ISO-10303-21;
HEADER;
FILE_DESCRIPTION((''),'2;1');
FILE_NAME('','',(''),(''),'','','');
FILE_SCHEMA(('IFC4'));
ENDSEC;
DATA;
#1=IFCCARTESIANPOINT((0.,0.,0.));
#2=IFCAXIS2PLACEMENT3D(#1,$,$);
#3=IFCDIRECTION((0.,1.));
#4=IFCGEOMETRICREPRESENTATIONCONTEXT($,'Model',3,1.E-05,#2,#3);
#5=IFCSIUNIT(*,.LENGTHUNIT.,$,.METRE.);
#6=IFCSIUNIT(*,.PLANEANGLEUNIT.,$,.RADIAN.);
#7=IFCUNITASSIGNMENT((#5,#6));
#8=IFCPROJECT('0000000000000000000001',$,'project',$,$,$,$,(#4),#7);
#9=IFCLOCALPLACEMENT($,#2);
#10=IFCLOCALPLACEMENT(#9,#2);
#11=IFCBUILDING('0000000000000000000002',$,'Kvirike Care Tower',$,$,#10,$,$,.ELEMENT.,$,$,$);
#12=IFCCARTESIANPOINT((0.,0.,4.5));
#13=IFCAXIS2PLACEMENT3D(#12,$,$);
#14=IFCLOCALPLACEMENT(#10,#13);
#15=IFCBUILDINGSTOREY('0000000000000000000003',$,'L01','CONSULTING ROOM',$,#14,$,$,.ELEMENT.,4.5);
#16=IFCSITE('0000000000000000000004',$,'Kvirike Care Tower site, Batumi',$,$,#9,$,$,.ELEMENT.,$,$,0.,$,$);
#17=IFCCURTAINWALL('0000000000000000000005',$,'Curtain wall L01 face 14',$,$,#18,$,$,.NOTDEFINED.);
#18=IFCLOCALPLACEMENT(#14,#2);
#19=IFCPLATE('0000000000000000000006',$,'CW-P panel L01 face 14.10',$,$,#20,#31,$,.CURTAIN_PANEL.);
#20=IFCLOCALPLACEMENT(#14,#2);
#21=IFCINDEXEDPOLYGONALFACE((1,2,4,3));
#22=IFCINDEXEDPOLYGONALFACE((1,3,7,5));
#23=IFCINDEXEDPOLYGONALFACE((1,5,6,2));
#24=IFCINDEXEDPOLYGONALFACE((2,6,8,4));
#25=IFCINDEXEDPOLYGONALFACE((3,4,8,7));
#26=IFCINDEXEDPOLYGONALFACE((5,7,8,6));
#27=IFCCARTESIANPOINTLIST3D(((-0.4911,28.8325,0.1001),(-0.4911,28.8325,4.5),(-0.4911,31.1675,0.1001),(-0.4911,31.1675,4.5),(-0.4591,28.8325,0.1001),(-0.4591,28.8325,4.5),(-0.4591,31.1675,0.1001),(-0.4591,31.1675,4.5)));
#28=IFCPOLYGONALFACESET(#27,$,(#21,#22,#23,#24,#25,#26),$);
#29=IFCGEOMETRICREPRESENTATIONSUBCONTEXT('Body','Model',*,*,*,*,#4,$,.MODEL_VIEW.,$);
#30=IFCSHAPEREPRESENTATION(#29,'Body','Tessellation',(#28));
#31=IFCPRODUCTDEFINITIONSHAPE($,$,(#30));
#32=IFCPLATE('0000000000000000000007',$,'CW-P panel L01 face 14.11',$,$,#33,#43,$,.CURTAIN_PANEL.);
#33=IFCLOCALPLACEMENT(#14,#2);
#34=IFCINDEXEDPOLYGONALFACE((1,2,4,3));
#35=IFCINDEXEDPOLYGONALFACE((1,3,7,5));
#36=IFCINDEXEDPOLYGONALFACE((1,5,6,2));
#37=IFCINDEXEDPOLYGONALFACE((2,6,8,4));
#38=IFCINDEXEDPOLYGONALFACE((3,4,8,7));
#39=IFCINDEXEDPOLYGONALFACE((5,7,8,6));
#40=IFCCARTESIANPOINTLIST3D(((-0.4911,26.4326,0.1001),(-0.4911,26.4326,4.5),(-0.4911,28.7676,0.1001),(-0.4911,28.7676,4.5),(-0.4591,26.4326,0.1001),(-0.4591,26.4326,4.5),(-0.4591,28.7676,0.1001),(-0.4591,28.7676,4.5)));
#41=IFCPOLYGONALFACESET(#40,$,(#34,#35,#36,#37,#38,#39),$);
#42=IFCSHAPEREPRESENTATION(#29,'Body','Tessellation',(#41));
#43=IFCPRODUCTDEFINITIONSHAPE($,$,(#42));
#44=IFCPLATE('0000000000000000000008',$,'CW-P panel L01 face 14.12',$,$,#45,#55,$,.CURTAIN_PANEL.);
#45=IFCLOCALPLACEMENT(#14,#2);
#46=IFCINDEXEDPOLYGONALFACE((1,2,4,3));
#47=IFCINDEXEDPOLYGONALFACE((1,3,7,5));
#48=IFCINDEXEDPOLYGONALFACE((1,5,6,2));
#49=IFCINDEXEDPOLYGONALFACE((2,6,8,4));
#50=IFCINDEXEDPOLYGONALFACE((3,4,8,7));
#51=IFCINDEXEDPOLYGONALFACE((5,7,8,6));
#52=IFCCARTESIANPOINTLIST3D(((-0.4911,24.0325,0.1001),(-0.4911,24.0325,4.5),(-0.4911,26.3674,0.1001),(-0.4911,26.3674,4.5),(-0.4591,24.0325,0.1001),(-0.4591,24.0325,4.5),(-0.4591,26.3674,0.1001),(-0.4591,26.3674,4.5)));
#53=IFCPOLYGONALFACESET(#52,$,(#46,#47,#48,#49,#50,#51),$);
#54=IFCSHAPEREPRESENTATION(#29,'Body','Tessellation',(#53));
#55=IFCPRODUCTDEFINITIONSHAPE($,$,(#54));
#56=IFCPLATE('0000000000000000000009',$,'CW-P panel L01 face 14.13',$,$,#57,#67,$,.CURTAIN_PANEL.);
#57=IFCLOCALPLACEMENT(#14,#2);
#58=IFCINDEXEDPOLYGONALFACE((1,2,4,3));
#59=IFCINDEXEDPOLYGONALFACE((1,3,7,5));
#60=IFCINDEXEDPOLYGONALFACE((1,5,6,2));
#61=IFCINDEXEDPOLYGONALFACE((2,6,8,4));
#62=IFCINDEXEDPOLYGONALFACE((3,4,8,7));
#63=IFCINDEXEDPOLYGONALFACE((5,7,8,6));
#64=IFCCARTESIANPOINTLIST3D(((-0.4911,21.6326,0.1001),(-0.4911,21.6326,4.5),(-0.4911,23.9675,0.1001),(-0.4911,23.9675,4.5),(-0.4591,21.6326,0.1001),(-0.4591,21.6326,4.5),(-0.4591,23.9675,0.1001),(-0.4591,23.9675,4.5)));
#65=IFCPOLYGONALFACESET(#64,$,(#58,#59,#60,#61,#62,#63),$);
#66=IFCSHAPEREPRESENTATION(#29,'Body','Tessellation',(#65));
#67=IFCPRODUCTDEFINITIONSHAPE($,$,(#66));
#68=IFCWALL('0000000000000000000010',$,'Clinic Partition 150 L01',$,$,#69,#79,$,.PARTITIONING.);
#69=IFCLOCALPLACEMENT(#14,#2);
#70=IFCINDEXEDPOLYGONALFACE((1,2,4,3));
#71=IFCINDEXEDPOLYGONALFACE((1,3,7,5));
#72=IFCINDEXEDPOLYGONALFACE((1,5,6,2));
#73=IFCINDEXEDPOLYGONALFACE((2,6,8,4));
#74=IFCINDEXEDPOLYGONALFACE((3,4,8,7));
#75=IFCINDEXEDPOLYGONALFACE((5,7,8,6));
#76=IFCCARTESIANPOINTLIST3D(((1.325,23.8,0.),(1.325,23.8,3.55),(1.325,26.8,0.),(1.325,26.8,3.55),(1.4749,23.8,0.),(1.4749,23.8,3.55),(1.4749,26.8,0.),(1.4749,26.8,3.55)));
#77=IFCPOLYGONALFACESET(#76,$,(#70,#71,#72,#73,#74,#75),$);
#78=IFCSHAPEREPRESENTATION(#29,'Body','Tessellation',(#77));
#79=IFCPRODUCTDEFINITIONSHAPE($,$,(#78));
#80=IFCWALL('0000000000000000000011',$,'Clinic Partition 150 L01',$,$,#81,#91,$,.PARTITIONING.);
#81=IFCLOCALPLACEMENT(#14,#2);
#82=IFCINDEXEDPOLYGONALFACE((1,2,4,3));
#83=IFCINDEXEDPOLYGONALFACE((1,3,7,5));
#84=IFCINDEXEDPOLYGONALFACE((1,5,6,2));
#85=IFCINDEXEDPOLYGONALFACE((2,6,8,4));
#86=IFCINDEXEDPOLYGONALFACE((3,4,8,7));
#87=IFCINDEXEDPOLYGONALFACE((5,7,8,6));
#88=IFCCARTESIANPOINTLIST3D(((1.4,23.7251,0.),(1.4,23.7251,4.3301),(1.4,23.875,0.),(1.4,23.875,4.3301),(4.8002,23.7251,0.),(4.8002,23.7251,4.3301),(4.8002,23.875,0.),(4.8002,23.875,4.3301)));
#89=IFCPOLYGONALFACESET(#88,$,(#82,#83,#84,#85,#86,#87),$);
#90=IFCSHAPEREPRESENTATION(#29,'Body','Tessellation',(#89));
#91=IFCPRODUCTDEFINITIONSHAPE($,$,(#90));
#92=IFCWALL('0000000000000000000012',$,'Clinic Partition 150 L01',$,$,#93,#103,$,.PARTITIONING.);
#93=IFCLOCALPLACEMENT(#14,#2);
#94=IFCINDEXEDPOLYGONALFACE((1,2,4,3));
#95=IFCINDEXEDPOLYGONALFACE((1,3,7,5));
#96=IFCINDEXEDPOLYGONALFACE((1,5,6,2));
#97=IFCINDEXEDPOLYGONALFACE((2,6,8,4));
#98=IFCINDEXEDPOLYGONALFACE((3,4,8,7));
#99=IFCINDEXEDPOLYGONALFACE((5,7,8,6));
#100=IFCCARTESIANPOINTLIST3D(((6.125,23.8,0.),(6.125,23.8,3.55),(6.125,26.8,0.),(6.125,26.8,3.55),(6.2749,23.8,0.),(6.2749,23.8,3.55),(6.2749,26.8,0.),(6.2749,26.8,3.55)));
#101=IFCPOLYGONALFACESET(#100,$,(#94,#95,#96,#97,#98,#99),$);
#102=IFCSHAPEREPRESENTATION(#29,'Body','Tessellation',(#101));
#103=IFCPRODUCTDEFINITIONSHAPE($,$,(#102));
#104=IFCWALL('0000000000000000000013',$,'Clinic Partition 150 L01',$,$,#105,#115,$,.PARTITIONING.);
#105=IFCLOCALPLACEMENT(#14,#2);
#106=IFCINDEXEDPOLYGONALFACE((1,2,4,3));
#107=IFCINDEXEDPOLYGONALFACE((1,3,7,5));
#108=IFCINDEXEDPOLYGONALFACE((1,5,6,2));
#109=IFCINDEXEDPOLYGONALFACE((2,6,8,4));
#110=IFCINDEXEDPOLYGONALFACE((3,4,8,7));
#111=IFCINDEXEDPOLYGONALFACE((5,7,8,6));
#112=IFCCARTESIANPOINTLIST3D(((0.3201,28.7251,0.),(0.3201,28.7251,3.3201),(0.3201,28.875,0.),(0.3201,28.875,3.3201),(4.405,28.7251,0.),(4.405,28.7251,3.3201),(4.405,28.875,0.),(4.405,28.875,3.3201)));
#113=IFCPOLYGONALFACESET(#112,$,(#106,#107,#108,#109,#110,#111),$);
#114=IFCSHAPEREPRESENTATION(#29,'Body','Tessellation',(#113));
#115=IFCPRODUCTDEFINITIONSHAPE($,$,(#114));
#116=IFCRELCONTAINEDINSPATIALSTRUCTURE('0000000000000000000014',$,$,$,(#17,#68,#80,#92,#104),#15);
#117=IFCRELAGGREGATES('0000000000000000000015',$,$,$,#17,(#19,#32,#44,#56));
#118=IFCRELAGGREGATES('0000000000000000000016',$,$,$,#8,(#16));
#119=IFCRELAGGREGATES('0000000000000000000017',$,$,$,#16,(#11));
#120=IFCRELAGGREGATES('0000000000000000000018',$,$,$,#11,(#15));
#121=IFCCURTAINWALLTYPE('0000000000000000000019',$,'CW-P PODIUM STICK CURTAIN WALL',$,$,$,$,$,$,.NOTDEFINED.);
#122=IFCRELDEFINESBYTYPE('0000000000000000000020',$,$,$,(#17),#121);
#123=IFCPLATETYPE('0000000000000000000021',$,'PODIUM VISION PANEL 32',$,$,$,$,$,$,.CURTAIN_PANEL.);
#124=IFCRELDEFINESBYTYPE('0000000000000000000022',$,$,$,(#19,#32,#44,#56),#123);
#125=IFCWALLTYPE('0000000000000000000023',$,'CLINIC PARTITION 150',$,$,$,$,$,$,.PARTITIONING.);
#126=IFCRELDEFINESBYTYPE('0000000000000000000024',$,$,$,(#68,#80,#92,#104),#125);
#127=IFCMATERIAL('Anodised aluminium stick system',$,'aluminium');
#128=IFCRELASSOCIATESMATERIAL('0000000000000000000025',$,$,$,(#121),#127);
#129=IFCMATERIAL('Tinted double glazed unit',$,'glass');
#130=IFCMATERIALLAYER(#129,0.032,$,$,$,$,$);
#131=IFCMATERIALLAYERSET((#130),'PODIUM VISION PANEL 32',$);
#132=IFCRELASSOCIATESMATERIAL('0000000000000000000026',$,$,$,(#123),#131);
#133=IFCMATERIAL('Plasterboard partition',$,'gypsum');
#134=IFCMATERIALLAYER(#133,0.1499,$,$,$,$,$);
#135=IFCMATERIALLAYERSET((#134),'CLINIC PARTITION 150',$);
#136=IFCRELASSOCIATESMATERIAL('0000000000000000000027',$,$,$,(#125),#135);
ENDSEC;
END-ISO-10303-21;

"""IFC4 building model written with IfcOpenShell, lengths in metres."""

from ifc_helpers import new_model, si_unit, direction, frame, frame_2d, origin, origin_2d, place, context, subcontext, project, spatial, rectangle, extrude, material, layer, layer_set, type_object, element, aggregate, save


model = new_model("IFC4")

# Units and contexts
model_context = context("Model", 3, precision=1e-05, world=origin(), true_north=direction((0.0, 1.0)))
body_context = subcontext(model_context, "Body", "Model", "MODEL_VIEW")
ifc_project = project(units=[si_unit("LENGTHUNIT", "METRE"), si_unit("PLANEANGLEUNIT", "RADIAN")], contexts=[model_context])

# Site, building, storey
site_placement = place(None, origin())
site = spatial("IfcSite", under=ifc_project, at=site_placement, Name="Kvirike Care Tower site, Batumi", CompositionType="ELEMENT", RefElevation=0.0)
building_placement = place(site_placement, origin())
building = spatial("IfcBuilding", under=site, at=building_placement, Name="Kvirike Care Tower", CompositionType="ELEMENT")
storey_placement = place(building_placement, frame((0.0, 0.0, 4.5)))
storey = spatial("IfcBuildingStorey", under=building, at=storey_placement, Name="L01", Description="CONSULTING ROOM", CompositionType="ELEMENT", Elevation=4.5)

# Curtain wall
ifc_material_1 = material(Name="Anodised aluminium stick system", Category="aluminium")
curtain_wall_type = type_object("IfcCurtainWallType", Name="CW-P PODIUM STICK CURTAIN WALL", PredefinedType="NOTDEFINED", material=ifc_material_1)
curtain_wall_placement = place(storey_placement, origin())
curtain_wall = element("IfcCurtainWall", 1, at=curtain_wall_placement, inside=storey, type_object=curtain_wall_type, Name="Curtain wall L01 face 14", PredefinedType="NOTDEFINED")

# Plates
ifc_material_2 = material(Name="Tinted double glazed unit", Category="glass")
ifc_layer_1 = layer(ifc_material_2, 0.032)
ifc_layer_set_1 = layer_set([ifc_layer_1], Name="PODIUM VISION PANEL 32")
plate_type = type_object("IfcPlateType", Name="PODIUM VISION PANEL 32", PredefinedType="CURTAIN_PANEL", material=ifc_layer_set_1)
plate_1_placement = place(storey_placement, frame((-0.4751, 30.0, 0.1001), z_axis=(0.0, 0.0, 1.0), x_axis=(0.0, -1.0, 0.0)))
plate_1 = element("IfcPlate", 2, at=plate_1_placement, type_object=plate_type, Name="CW-P panel L01 face 14.10", PredefinedType="CURTAIN_PANEL", context=body_context, shape_type="SweptSolid", body=[
    extrude(rectangle(XDim=2.335, YDim=0.032, at=origin_2d()), origin(), (0.0, 0.0, 1.0), 4.3999),
])
plate_2_placement = place(storey_placement, frame((-0.4751, 27.6001, 0.1001), z_axis=(0.0, 0.0, 1.0), x_axis=(0.0, -1.0, 0.0)))
plate_2 = element("IfcPlate", 3, at=plate_2_placement, type_object=plate_type, Name="CW-P panel L01 face 14.11", PredefinedType="CURTAIN_PANEL", context=body_context, shape_type="SweptSolid", body=[
    extrude(rectangle(XDim=2.335, YDim=0.032, at=origin_2d()), origin(), (0.0, 0.0, 1.0), 4.3999),
])
plate_3_placement = place(storey_placement, frame((-0.4751, 25.2, 0.1001), z_axis=(0.0, 0.0, 1.0), x_axis=(0.0, -1.0, 0.0)))
plate_3 = element("IfcPlate", 4, at=plate_3_placement, type_object=plate_type, Name="CW-P panel L01 face 14.12", PredefinedType="CURTAIN_PANEL", context=body_context, shape_type="SweptSolid", body=[
    extrude(rectangle(XDim=2.335, YDim=0.032, at=origin_2d()), origin(), (0.0, 0.0, 1.0), 4.3999),
])
plate_4_placement = place(storey_placement, frame((-0.4751, 22.8, 0.1001), z_axis=(0.0, 0.0, 1.0), x_axis=(0.0, -1.0, 0.0)))
plate_4 = element("IfcPlate", 5, at=plate_4_placement, type_object=plate_type, Name="CW-P panel L01 face 14.13", PredefinedType="CURTAIN_PANEL", context=body_context, shape_type="SweptSolid", body=[
    extrude(rectangle(XDim=2.335, YDim=0.032, at=origin_2d()), origin(), (0.0, 0.0, 1.0), 4.3999),
])
aggregate(curtain_wall, [plate_1, plate_2, plate_3, plate_4])

# Walls
ifc_material_3 = material(Name="Plasterboard partition", Category="gypsum")
ifc_layer_2 = layer(ifc_material_3, 0.1499)
ifc_layer_set_2 = layer_set([ifc_layer_2], Name="CLINIC PARTITION 150")
wall_type_1 = type_object("IfcWallType", Name="CLINIC PARTITION 150", PredefinedType="PARTITIONING", material=ifc_layer_set_2)
wall_1_placement = place(storey_placement, frame((1.3999, 23.8, 0.0), z_axis=(0.0, 0.0, 1.0), x_axis=(0.0, 1.0, 0.0)))
element("IfcWall", 6, at=wall_1_placement, inside=storey, type_object=wall_type_1, Name="Clinic Partition 150 L01", PredefinedType="PARTITIONING", context=body_context, shape_type="SweptSolid", body=[
    extrude(rectangle(XDim=3.0, YDim=0.1499, at=frame_2d((1.5, 0.0))), origin(), (0.0, 0.0, 1.0), 3.55),
])
wall_2_placement = place(storey_placement, frame((1.3999, 23.8, 0.0), z_axis=(0.0, 0.0, 1.0), x_axis=(1.0, 0.0, 0.0)))
element("IfcWall", 7, at=wall_2_placement, inside=storey, type_object=wall_type_1, Name="Clinic Partition 150 L01", PredefinedType="PARTITIONING", context=body_context, shape_type="SweptSolid", body=[
    extrude(rectangle(XDim=3.4001, YDim=0.1499, at=frame_2d((1.7002, 0.0))), origin(), (0.0, 0.0, 1.0), 4.3301),
])
wall_3_placement = place(storey_placement, frame((6.2, 23.8, 0.0), z_axis=(0.0, 0.0, 1.0), x_axis=(0.0, 1.0, 0.0)))
element("IfcWall", 8, at=wall_3_placement, inside=storey, type_object=wall_type_1, Name="Clinic Partition 150 L01", PredefinedType="PARTITIONING", context=body_context, shape_type="SweptSolid", body=[
    extrude(rectangle(XDim=3.0, YDim=0.1499, at=frame_2d((1.5, 0.0))), origin(), (0.0, 0.0, 1.0), 3.55),
])
wall_4_placement = place(storey_placement, frame((4.405, 28.8, 0.0), z_axis=(0.0, 0.0, 1.0), x_axis=(-1.0, 0.0, 0.0)))
element("IfcWall", 9, at=wall_4_placement, inside=storey, type_object=wall_type_1, Name="Clinic Partition 150 L01", PredefinedType="PARTITIONING", context=body_context, shape_type="SweptSolid", body=[
    extrude(rectangle(XDim=4.085, YDim=0.1499, at=frame_2d((2.0425, 0.0))), origin(), (0.0, 0.0, 1.0), 3.3201),
])

save(model, "model.ifc")
